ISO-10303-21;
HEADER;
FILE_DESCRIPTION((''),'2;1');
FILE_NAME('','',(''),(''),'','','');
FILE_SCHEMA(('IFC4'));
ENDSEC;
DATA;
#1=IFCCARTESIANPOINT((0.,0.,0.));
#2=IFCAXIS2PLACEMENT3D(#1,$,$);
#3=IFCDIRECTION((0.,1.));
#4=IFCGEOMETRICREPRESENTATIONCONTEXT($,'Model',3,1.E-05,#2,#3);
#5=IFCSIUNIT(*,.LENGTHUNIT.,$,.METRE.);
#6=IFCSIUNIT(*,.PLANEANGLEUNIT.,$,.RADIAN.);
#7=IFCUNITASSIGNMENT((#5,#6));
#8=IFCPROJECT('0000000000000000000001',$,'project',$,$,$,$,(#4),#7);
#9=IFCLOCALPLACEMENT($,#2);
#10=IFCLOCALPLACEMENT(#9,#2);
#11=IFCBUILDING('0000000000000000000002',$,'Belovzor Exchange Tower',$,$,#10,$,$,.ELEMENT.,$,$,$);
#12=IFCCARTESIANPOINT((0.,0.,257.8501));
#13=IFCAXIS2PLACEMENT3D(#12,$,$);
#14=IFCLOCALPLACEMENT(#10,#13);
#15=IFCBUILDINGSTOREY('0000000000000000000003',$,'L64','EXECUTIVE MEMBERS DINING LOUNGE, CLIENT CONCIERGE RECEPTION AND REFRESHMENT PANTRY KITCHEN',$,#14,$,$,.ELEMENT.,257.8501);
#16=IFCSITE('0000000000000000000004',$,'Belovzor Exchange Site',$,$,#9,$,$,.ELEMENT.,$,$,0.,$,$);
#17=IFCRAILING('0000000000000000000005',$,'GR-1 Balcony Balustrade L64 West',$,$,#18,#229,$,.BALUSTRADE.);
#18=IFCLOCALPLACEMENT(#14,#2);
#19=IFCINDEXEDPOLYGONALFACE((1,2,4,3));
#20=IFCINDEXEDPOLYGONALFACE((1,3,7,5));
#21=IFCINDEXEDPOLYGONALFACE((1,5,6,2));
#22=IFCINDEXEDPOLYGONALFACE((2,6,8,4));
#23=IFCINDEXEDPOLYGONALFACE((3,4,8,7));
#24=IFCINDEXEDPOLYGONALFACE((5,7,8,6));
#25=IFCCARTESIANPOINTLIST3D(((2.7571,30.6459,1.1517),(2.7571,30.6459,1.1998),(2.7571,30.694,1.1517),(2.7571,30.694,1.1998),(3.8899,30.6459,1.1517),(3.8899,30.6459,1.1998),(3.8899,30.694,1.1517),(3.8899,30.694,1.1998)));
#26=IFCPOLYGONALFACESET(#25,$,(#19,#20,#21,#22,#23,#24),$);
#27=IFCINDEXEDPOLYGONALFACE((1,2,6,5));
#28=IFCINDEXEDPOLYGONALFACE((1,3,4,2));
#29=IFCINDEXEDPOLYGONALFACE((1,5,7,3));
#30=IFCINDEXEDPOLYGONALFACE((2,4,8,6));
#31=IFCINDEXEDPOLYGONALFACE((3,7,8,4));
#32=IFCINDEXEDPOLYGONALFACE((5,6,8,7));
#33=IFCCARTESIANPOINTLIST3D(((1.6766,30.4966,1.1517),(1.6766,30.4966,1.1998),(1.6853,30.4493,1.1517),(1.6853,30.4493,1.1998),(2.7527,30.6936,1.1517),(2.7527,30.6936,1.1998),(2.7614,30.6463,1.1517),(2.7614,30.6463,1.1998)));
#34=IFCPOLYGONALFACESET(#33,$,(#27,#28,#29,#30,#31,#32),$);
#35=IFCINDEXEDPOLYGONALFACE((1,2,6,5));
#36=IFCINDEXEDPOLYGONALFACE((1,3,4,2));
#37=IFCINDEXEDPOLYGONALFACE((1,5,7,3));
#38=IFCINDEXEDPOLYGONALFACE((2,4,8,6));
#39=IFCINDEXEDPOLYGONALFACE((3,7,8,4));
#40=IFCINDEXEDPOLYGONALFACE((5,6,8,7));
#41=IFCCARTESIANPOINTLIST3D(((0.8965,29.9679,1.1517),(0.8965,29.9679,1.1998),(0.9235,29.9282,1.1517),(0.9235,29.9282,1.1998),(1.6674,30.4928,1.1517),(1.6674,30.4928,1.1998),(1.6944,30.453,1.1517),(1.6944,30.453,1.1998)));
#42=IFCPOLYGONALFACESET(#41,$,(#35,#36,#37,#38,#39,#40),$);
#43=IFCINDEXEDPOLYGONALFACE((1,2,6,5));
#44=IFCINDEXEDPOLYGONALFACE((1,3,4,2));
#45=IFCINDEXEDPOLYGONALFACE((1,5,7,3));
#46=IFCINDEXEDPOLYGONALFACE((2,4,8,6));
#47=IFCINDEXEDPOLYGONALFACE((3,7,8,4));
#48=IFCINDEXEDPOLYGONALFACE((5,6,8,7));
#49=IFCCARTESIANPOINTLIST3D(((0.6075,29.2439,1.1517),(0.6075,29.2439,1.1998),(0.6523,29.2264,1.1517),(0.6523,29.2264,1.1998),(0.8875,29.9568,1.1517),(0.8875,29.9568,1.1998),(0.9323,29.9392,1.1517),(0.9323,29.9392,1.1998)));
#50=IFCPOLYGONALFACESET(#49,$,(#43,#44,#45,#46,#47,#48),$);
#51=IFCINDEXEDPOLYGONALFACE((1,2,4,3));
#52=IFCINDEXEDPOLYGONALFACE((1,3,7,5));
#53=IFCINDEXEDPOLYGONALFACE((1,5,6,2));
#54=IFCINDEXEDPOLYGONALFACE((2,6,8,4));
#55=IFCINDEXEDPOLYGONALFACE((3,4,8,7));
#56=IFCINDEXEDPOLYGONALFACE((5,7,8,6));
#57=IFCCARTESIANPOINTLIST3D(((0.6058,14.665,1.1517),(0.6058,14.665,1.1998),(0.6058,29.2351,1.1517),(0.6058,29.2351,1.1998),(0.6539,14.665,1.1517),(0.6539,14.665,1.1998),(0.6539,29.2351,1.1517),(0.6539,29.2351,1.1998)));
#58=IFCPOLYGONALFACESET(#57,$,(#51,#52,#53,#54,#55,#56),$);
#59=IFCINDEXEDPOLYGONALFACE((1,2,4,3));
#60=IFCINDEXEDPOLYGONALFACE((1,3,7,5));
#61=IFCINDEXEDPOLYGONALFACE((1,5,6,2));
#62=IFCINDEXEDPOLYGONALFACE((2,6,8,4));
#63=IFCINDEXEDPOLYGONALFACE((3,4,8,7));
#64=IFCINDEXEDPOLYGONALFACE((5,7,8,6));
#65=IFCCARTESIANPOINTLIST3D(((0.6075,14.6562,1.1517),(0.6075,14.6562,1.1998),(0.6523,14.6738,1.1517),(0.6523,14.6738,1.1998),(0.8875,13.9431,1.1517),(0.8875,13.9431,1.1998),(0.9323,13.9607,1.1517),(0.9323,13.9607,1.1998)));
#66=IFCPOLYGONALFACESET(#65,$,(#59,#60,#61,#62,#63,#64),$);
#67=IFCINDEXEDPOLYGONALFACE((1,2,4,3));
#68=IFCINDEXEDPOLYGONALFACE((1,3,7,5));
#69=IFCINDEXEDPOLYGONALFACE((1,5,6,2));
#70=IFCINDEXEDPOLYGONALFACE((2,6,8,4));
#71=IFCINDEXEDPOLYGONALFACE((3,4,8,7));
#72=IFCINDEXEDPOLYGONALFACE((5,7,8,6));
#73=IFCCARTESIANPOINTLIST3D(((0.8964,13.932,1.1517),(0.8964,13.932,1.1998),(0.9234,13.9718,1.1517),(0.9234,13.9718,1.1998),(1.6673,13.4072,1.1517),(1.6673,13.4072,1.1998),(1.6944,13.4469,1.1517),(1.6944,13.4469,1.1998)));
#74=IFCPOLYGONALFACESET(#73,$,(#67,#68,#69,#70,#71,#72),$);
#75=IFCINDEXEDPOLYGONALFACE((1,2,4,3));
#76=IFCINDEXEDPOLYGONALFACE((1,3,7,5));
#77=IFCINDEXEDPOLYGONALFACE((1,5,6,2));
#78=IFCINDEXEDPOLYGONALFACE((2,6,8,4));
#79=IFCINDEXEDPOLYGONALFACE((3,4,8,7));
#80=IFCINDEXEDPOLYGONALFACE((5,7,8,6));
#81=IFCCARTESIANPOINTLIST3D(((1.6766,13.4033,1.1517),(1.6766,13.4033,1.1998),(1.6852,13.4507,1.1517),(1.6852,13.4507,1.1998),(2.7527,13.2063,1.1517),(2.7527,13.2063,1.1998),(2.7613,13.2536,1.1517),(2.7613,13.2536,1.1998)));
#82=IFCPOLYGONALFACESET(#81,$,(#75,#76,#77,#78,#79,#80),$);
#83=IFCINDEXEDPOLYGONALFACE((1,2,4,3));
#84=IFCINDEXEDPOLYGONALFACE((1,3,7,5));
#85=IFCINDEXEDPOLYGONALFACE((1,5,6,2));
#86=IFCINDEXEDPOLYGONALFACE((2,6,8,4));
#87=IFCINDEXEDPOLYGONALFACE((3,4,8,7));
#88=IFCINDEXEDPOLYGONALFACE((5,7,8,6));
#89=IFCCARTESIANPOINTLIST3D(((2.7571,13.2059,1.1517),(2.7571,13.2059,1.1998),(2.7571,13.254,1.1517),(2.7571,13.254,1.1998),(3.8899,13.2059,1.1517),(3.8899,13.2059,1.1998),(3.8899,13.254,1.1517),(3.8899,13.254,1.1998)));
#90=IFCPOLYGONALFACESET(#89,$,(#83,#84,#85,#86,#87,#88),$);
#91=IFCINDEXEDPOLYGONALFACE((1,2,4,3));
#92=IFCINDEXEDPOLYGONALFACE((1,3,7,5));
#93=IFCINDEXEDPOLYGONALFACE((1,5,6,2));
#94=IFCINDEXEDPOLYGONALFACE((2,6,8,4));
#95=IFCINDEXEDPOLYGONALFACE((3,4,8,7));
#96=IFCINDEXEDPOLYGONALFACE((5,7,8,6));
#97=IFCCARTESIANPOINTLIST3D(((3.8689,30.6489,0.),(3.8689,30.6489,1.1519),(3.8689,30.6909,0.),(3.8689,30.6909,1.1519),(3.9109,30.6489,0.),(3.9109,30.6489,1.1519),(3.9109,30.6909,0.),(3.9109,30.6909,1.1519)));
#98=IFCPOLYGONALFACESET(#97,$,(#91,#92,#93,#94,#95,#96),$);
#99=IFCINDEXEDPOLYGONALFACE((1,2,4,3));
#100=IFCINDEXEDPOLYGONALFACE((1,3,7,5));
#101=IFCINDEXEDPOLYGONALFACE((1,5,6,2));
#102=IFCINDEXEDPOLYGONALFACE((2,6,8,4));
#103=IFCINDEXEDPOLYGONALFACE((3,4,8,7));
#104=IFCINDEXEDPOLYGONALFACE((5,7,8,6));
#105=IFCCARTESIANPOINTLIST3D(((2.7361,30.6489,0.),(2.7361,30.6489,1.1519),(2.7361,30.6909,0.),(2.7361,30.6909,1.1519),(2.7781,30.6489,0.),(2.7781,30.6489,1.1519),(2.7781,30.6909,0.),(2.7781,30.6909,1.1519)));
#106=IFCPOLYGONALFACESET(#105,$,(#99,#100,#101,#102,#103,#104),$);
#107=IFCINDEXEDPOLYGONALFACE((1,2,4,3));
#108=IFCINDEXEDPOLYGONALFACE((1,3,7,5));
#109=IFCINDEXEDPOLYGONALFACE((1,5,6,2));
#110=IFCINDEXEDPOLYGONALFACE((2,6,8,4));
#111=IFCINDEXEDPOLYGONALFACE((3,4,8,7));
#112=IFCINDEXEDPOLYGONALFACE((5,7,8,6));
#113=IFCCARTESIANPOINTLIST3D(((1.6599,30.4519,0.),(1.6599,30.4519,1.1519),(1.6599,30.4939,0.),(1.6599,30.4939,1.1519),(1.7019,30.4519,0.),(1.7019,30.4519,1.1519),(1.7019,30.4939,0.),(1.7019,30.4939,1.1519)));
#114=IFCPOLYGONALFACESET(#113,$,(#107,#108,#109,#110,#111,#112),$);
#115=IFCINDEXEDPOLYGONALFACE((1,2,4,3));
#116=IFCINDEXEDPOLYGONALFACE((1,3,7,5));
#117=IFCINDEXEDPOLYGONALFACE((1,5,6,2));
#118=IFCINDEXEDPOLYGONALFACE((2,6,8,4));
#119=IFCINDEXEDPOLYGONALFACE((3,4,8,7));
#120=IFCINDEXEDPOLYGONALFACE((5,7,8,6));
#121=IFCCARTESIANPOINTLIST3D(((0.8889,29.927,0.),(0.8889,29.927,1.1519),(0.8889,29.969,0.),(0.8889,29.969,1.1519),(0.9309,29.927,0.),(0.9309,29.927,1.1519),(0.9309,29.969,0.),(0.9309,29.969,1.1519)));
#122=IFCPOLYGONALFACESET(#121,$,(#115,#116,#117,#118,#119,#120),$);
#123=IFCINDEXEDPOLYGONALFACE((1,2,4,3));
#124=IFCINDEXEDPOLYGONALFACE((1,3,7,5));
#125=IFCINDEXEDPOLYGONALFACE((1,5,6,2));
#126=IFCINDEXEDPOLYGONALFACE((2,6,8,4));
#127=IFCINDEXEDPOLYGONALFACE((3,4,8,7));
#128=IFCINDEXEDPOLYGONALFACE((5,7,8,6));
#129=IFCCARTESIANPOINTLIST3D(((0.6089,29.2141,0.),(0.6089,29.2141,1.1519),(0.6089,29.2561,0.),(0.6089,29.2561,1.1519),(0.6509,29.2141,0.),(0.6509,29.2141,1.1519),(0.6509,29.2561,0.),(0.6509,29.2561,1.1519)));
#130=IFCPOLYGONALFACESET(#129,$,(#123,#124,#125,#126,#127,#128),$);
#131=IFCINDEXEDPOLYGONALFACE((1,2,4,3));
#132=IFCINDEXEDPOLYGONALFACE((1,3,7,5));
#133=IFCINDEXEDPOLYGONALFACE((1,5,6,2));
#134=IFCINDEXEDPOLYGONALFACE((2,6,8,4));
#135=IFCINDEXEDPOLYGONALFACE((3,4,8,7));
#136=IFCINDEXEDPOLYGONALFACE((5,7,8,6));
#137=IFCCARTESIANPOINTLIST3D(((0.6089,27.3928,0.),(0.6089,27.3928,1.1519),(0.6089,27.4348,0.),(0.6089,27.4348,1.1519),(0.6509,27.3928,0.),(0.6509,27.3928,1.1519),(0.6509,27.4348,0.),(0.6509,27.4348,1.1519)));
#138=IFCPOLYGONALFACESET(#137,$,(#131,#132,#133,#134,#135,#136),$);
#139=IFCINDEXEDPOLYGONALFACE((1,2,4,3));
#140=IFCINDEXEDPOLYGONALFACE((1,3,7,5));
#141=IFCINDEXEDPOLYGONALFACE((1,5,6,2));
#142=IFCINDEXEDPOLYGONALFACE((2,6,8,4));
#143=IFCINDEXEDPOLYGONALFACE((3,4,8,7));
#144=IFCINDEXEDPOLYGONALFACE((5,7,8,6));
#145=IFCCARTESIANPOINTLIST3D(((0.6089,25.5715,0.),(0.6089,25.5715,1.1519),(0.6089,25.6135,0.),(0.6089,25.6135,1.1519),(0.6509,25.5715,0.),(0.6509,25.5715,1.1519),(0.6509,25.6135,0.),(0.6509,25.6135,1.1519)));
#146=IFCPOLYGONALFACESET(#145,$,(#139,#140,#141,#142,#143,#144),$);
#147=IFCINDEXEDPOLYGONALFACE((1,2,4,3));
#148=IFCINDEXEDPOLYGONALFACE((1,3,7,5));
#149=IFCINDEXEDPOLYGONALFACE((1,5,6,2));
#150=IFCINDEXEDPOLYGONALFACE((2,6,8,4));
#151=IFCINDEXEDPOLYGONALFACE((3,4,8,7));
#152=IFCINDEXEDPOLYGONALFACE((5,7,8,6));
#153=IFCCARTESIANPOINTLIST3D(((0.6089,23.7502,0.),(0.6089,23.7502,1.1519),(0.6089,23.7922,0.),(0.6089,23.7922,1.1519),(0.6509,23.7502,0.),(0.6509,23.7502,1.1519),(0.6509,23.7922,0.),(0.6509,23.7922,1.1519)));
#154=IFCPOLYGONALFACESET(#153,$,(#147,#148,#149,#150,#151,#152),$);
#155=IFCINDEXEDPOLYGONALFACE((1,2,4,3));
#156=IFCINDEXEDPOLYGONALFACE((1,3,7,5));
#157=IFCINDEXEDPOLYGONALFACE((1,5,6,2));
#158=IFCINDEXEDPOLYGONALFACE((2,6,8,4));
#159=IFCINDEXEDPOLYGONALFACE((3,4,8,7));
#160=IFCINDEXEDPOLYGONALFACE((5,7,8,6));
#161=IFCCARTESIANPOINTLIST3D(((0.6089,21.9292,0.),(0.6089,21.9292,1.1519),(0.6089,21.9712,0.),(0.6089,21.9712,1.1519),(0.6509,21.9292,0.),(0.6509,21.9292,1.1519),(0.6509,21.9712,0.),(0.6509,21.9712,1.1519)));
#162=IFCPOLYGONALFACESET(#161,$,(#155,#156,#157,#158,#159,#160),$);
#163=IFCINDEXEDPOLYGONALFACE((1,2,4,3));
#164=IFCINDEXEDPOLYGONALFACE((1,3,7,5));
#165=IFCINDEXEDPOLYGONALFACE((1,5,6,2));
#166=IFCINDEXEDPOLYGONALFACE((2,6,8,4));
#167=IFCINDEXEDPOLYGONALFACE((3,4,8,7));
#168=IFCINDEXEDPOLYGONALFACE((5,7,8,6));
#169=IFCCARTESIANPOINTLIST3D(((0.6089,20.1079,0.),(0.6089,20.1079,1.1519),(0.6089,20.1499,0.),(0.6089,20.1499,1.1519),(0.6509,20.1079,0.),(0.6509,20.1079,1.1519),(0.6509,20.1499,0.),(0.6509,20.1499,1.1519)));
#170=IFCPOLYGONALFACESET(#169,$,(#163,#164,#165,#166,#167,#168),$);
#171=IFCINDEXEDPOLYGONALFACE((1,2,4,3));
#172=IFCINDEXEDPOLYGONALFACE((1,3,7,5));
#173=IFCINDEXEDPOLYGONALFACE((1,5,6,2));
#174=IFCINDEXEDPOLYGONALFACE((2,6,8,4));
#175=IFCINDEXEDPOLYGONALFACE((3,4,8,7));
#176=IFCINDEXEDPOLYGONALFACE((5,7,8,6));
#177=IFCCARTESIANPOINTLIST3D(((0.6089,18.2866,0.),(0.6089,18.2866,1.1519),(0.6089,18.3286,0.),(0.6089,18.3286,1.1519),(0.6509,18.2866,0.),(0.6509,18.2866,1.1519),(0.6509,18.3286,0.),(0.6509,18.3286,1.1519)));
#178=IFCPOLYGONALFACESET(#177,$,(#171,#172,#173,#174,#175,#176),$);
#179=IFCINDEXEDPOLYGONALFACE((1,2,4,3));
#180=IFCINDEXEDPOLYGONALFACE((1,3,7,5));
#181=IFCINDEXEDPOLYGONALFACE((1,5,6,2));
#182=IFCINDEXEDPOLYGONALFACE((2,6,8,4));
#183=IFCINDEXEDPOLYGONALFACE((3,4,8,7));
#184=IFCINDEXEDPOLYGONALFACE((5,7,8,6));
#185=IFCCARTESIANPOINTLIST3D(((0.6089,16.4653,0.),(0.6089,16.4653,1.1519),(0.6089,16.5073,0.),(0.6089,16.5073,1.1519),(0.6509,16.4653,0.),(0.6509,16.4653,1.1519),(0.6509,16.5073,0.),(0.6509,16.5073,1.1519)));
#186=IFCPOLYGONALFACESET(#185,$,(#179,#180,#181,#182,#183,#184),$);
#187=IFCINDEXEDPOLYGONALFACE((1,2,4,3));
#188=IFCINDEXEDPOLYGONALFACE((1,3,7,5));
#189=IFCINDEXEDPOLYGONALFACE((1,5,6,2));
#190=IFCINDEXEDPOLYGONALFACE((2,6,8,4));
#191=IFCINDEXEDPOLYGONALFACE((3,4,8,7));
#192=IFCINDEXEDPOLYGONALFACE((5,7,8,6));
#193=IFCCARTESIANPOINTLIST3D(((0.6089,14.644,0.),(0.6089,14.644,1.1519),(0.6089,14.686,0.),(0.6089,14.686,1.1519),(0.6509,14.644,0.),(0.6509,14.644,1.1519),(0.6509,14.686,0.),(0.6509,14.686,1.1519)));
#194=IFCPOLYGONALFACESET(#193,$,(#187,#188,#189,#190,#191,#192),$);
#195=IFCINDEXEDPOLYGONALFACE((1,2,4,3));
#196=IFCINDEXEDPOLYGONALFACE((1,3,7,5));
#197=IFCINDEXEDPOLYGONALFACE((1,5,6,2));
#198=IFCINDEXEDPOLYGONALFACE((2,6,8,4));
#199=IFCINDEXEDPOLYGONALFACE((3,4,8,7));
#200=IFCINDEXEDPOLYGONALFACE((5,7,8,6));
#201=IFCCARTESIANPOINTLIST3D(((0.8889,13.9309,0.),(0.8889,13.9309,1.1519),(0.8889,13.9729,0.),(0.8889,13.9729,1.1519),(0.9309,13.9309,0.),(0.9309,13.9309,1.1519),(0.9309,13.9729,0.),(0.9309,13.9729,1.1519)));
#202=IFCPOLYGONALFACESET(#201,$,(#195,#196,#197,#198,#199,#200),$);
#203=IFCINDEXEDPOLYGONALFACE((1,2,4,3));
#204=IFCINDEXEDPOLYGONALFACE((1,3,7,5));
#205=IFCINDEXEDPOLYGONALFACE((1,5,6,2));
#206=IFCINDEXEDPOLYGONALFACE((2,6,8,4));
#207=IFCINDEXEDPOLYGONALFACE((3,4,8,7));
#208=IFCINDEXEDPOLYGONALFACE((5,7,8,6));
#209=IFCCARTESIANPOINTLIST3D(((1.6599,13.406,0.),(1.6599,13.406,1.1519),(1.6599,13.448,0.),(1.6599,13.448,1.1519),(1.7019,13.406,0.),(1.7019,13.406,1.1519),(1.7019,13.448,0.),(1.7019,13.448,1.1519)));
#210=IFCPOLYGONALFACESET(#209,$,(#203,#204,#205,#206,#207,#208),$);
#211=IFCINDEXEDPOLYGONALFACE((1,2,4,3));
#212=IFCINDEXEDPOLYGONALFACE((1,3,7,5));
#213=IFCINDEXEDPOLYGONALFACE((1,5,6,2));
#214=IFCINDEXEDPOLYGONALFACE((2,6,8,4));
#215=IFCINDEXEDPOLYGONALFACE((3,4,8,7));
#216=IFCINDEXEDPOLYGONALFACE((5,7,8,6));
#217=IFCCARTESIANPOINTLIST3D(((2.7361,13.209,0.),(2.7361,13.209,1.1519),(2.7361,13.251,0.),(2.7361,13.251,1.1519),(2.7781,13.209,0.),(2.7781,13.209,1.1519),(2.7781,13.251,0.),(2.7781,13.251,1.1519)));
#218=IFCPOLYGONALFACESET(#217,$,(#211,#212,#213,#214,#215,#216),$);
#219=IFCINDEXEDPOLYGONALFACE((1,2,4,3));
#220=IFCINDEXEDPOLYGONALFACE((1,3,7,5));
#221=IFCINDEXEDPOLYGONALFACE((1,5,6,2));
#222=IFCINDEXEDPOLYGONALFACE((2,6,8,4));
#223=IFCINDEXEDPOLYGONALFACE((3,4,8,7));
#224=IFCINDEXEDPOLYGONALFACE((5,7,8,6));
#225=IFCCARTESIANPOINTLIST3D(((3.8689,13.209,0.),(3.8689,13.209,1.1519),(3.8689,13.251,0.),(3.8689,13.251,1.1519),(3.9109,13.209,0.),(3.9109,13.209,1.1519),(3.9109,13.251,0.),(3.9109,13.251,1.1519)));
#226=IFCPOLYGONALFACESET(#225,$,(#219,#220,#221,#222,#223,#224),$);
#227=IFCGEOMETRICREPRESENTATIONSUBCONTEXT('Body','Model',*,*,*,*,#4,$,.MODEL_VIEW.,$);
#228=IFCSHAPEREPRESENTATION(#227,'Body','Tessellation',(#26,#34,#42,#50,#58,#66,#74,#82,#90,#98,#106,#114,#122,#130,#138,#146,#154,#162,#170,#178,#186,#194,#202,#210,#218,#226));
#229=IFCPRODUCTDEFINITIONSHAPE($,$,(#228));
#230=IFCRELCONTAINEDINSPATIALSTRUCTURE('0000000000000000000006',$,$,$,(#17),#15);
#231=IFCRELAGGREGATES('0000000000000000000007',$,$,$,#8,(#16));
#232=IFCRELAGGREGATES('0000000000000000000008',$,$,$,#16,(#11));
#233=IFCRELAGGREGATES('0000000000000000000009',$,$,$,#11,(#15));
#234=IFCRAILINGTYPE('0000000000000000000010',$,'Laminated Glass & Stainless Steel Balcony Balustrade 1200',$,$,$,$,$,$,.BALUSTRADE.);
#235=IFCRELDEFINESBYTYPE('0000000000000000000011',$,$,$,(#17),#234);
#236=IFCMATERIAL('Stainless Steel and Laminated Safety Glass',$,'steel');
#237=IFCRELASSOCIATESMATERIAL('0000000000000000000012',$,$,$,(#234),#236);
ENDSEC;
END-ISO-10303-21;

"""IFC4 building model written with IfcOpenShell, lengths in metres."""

from ifc_helpers import new_model, si_unit, direction, frame, origin, origin_2d, place, context, subcontext, project, spatial, rectangle, extrude, material, type_object, element, save


model = new_model("IFC4")

# Units and contexts
model_context = context("Model", 3, precision=1e-05, world=origin(), true_north=direction((0.0, 1.0)))
body_context = subcontext(model_context, "Body", "Model", "MODEL_VIEW")
ifc_project = project(units=[si_unit("LENGTHUNIT", "METRE"), si_unit("PLANEANGLEUNIT", "RADIAN")], contexts=[model_context])

# Site, building, storey
site_placement = place(None, origin())
site = spatial("IfcSite", under=ifc_project, at=site_placement, Name="Belovzor Exchange Site", CompositionType="ELEMENT", RefElevation=0.0)
building_placement = place(site_placement, origin())
building = spatial("IfcBuilding", under=site, at=building_placement, Name="Belovzor Exchange Tower", CompositionType="ELEMENT")
storey_placement = place(building_placement, frame((0.0, 0.0, 257.8501)))
storey = spatial("IfcBuildingStorey", under=building, at=storey_placement, Name="L64", Description="EXECUTIVE MEMBERS DINING LOUNGE, CLIENT CONCIERGE RECEPTION AND REFRESHMENT PANTRY KITCHEN", CompositionType="ELEMENT", Elevation=257.8501)

# Railing
ifc_material_1 = material(Name="Stainless Steel and Laminated Safety Glass", Category="steel")
railing_type = type_object("IfcRailingType", Name="Laminated Glass & Stainless Steel Balcony Balustrade 1200", PredefinedType="BALUSTRADE", material=ifc_material_1)
railing_placement = place(storey_placement, frame((3.8899, 30.6699, 0.0)))
element("IfcRailing", 1, at=railing_placement, inside=storey, type_object=railing_type, Name="GR-1 Balcony Balustrade L64 West", PredefinedType="BALUSTRADE", context=body_context, shape_type="SweptSolid", body=[
    extrude(rectangle(XDim=0.0481, YDim=0.0481, at=origin_2d()), frame((0.0, 0.0, 1.1758), z_axis=(-1.0, 0.0, 0.0), x_axis=(0.0, -1.0, 0.0)), (0.0, 0.0, 1.0), 1.1328),
    extrude(rectangle(XDim=0.0481, YDim=0.0481, at=origin_2d()), frame((-1.1328, 0.0, 1.1758), z_axis=(-0.983651, -0.180083, 0.0), x_axis=(0.180083, -0.983651, 0.0)), (0.0, 0.0, 1.0), 1.094),
    extrude(rectangle(XDim=0.0481, YDim=0.0481, at=origin_2d()), frame((-2.209, -0.197, 1.1758), z_axis=(-0.826615, -0.562768, 0.0), x_axis=(0.562768, -0.826615, 0.0)), (0.0, 0.0, 1.0), 0.9326),
    extrude(rectangle(XDim=0.0481, YDim=0.0481, at=origin_2d()), frame((-2.98, -0.7219, 1.1758), z_axis=(-0.365613, -0.930767, 0.0), x_axis=(0.930767, -0.365613, 0.0)), (0.0, 0.0, 1.0), 0.7659),
    extrude(rectangle(XDim=0.0481, YDim=0.0481, at=origin_2d()), frame((-3.26, -1.4348, 1.1758), z_axis=(0.0, -1.0, 0.0), x_axis=(1.0, 0.0, 0.0)), (0.0, 0.0, 1.0), 14.5701),
    extrude(rectangle(XDim=0.0481, YDim=0.0481, at=origin_2d()), frame((-3.26, -16.0049, 1.1758), z_axis=(0.365504, -0.93081, 0.0), x_axis=(0.93081, 0.365504, 0.0)), (0.0, 0.0, 1.0), 0.7661),
    extrude(rectangle(XDim=0.0481, YDim=0.0481, at=origin_2d()), frame((-2.98, -16.718, 1.1758), z_axis=(0.826615, -0.562768, 0.0), x_axis=(0.562768, 0.826615, 0.0)), (0.0, 0.0, 1.0), 0.9326),
    extrude(rectangle(XDim=0.0481, YDim=0.0481, at=origin_2d()), frame((-2.209, -17.2429, 1.1758), z_axis=(0.983651, -0.180083, 0.0), x_axis=(0.180083, 0.983651, 0.0)), (0.0, 0.0, 1.0), 1.094),
    extrude(rectangle(XDim=0.0481, YDim=0.0481, at=origin_2d()), frame((-1.1328, -17.4399, 1.1758), z_axis=(1.0, 0.0, 0.0), x_axis=(0.0, 1.0, 0.0)), (0.0, 0.0, 1.0), 1.1328),
    extrude(rectangle(XDim=0.042, YDim=0.042, at=origin_2d()), origin(), (0.0, 0.0, 1.0), 1.1519),
    extrude(rectangle(XDim=0.042, YDim=0.042, at=origin_2d()), frame((-1.1328, 0.0, 0.0)), (0.0, 0.0, 1.0), 1.1519),
    extrude(rectangle(XDim=0.042, YDim=0.042, at=origin_2d()), frame((-2.209, -0.197, 0.0)), (0.0, 0.0, 1.0), 1.1519),
    extrude(rectangle(XDim=0.042, YDim=0.042, at=origin_2d()), frame((-2.98, -0.7219, 0.0)), (0.0, 0.0, 1.0), 1.1519),
    extrude(rectangle(XDim=0.042, YDim=0.042, at=origin_2d()), frame((-3.26, -1.4348, 0.0)), (0.0, 0.0, 1.0), 1.1519),
    extrude(rectangle(XDim=0.042, YDim=0.042, at=origin_2d()), frame((-3.26, -3.2561, 0.0)), (0.0, 0.0, 1.0), 1.1519),
    extrude(rectangle(XDim=0.042, YDim=0.042, at=origin_2d()), frame((-3.26, -5.0774, 0.0)), (0.0, 0.0, 1.0), 1.1519),
    extrude(rectangle(XDim=0.042, YDim=0.042, at=origin_2d()), frame((-3.26, -6.8987, 0.0)), (0.0, 0.0, 1.0), 1.1519),
    extrude(rectangle(XDim=0.042, YDim=0.042, at=origin_2d()), frame((-3.26, -8.7197, 0.0)), (0.0, 0.0, 1.0), 1.1519),
    extrude(rectangle(XDim=0.042, YDim=0.042, at=origin_2d()), frame((-3.26, -10.541, 0.0)), (0.0, 0.0, 1.0), 1.1519),
    extrude(rectangle(XDim=0.042, YDim=0.042, at=origin_2d()), frame((-3.26, -12.3623, 0.0)), (0.0, 0.0, 1.0), 1.1519),
    extrude(rectangle(XDim=0.042, YDim=0.042, at=origin_2d()), frame((-3.26, -14.1836, 0.0)), (0.0, 0.0, 1.0), 1.1519),
    extrude(rectangle(XDim=0.042, YDim=0.042, at=origin_2d()), frame((-3.26, -16.0049, 0.0)), (0.0, 0.0, 1.0), 1.1519),
    extrude(rectangle(XDim=0.042, YDim=0.042, at=origin_2d()), frame((-2.98, -16.718, 0.0)), (0.0, 0.0, 1.0), 1.1519),
    extrude(rectangle(XDim=0.042, YDim=0.042, at=origin_2d()), frame((-2.209, -17.2429, 0.0)), (0.0, 0.0, 1.0), 1.1519),
    extrude(rectangle(XDim=0.042, YDim=0.042, at=origin_2d()), frame((-1.1328, -17.4399, 0.0)), (0.0, 0.0, 1.0), 1.1519),
    extrude(rectangle(XDim=0.042, YDim=0.042, at=origin_2d()), frame((0.0, -17.4399, 0.0)), (0.0, 0.0, 1.0), 1.1519),
])

save(model, "model.ifc")
